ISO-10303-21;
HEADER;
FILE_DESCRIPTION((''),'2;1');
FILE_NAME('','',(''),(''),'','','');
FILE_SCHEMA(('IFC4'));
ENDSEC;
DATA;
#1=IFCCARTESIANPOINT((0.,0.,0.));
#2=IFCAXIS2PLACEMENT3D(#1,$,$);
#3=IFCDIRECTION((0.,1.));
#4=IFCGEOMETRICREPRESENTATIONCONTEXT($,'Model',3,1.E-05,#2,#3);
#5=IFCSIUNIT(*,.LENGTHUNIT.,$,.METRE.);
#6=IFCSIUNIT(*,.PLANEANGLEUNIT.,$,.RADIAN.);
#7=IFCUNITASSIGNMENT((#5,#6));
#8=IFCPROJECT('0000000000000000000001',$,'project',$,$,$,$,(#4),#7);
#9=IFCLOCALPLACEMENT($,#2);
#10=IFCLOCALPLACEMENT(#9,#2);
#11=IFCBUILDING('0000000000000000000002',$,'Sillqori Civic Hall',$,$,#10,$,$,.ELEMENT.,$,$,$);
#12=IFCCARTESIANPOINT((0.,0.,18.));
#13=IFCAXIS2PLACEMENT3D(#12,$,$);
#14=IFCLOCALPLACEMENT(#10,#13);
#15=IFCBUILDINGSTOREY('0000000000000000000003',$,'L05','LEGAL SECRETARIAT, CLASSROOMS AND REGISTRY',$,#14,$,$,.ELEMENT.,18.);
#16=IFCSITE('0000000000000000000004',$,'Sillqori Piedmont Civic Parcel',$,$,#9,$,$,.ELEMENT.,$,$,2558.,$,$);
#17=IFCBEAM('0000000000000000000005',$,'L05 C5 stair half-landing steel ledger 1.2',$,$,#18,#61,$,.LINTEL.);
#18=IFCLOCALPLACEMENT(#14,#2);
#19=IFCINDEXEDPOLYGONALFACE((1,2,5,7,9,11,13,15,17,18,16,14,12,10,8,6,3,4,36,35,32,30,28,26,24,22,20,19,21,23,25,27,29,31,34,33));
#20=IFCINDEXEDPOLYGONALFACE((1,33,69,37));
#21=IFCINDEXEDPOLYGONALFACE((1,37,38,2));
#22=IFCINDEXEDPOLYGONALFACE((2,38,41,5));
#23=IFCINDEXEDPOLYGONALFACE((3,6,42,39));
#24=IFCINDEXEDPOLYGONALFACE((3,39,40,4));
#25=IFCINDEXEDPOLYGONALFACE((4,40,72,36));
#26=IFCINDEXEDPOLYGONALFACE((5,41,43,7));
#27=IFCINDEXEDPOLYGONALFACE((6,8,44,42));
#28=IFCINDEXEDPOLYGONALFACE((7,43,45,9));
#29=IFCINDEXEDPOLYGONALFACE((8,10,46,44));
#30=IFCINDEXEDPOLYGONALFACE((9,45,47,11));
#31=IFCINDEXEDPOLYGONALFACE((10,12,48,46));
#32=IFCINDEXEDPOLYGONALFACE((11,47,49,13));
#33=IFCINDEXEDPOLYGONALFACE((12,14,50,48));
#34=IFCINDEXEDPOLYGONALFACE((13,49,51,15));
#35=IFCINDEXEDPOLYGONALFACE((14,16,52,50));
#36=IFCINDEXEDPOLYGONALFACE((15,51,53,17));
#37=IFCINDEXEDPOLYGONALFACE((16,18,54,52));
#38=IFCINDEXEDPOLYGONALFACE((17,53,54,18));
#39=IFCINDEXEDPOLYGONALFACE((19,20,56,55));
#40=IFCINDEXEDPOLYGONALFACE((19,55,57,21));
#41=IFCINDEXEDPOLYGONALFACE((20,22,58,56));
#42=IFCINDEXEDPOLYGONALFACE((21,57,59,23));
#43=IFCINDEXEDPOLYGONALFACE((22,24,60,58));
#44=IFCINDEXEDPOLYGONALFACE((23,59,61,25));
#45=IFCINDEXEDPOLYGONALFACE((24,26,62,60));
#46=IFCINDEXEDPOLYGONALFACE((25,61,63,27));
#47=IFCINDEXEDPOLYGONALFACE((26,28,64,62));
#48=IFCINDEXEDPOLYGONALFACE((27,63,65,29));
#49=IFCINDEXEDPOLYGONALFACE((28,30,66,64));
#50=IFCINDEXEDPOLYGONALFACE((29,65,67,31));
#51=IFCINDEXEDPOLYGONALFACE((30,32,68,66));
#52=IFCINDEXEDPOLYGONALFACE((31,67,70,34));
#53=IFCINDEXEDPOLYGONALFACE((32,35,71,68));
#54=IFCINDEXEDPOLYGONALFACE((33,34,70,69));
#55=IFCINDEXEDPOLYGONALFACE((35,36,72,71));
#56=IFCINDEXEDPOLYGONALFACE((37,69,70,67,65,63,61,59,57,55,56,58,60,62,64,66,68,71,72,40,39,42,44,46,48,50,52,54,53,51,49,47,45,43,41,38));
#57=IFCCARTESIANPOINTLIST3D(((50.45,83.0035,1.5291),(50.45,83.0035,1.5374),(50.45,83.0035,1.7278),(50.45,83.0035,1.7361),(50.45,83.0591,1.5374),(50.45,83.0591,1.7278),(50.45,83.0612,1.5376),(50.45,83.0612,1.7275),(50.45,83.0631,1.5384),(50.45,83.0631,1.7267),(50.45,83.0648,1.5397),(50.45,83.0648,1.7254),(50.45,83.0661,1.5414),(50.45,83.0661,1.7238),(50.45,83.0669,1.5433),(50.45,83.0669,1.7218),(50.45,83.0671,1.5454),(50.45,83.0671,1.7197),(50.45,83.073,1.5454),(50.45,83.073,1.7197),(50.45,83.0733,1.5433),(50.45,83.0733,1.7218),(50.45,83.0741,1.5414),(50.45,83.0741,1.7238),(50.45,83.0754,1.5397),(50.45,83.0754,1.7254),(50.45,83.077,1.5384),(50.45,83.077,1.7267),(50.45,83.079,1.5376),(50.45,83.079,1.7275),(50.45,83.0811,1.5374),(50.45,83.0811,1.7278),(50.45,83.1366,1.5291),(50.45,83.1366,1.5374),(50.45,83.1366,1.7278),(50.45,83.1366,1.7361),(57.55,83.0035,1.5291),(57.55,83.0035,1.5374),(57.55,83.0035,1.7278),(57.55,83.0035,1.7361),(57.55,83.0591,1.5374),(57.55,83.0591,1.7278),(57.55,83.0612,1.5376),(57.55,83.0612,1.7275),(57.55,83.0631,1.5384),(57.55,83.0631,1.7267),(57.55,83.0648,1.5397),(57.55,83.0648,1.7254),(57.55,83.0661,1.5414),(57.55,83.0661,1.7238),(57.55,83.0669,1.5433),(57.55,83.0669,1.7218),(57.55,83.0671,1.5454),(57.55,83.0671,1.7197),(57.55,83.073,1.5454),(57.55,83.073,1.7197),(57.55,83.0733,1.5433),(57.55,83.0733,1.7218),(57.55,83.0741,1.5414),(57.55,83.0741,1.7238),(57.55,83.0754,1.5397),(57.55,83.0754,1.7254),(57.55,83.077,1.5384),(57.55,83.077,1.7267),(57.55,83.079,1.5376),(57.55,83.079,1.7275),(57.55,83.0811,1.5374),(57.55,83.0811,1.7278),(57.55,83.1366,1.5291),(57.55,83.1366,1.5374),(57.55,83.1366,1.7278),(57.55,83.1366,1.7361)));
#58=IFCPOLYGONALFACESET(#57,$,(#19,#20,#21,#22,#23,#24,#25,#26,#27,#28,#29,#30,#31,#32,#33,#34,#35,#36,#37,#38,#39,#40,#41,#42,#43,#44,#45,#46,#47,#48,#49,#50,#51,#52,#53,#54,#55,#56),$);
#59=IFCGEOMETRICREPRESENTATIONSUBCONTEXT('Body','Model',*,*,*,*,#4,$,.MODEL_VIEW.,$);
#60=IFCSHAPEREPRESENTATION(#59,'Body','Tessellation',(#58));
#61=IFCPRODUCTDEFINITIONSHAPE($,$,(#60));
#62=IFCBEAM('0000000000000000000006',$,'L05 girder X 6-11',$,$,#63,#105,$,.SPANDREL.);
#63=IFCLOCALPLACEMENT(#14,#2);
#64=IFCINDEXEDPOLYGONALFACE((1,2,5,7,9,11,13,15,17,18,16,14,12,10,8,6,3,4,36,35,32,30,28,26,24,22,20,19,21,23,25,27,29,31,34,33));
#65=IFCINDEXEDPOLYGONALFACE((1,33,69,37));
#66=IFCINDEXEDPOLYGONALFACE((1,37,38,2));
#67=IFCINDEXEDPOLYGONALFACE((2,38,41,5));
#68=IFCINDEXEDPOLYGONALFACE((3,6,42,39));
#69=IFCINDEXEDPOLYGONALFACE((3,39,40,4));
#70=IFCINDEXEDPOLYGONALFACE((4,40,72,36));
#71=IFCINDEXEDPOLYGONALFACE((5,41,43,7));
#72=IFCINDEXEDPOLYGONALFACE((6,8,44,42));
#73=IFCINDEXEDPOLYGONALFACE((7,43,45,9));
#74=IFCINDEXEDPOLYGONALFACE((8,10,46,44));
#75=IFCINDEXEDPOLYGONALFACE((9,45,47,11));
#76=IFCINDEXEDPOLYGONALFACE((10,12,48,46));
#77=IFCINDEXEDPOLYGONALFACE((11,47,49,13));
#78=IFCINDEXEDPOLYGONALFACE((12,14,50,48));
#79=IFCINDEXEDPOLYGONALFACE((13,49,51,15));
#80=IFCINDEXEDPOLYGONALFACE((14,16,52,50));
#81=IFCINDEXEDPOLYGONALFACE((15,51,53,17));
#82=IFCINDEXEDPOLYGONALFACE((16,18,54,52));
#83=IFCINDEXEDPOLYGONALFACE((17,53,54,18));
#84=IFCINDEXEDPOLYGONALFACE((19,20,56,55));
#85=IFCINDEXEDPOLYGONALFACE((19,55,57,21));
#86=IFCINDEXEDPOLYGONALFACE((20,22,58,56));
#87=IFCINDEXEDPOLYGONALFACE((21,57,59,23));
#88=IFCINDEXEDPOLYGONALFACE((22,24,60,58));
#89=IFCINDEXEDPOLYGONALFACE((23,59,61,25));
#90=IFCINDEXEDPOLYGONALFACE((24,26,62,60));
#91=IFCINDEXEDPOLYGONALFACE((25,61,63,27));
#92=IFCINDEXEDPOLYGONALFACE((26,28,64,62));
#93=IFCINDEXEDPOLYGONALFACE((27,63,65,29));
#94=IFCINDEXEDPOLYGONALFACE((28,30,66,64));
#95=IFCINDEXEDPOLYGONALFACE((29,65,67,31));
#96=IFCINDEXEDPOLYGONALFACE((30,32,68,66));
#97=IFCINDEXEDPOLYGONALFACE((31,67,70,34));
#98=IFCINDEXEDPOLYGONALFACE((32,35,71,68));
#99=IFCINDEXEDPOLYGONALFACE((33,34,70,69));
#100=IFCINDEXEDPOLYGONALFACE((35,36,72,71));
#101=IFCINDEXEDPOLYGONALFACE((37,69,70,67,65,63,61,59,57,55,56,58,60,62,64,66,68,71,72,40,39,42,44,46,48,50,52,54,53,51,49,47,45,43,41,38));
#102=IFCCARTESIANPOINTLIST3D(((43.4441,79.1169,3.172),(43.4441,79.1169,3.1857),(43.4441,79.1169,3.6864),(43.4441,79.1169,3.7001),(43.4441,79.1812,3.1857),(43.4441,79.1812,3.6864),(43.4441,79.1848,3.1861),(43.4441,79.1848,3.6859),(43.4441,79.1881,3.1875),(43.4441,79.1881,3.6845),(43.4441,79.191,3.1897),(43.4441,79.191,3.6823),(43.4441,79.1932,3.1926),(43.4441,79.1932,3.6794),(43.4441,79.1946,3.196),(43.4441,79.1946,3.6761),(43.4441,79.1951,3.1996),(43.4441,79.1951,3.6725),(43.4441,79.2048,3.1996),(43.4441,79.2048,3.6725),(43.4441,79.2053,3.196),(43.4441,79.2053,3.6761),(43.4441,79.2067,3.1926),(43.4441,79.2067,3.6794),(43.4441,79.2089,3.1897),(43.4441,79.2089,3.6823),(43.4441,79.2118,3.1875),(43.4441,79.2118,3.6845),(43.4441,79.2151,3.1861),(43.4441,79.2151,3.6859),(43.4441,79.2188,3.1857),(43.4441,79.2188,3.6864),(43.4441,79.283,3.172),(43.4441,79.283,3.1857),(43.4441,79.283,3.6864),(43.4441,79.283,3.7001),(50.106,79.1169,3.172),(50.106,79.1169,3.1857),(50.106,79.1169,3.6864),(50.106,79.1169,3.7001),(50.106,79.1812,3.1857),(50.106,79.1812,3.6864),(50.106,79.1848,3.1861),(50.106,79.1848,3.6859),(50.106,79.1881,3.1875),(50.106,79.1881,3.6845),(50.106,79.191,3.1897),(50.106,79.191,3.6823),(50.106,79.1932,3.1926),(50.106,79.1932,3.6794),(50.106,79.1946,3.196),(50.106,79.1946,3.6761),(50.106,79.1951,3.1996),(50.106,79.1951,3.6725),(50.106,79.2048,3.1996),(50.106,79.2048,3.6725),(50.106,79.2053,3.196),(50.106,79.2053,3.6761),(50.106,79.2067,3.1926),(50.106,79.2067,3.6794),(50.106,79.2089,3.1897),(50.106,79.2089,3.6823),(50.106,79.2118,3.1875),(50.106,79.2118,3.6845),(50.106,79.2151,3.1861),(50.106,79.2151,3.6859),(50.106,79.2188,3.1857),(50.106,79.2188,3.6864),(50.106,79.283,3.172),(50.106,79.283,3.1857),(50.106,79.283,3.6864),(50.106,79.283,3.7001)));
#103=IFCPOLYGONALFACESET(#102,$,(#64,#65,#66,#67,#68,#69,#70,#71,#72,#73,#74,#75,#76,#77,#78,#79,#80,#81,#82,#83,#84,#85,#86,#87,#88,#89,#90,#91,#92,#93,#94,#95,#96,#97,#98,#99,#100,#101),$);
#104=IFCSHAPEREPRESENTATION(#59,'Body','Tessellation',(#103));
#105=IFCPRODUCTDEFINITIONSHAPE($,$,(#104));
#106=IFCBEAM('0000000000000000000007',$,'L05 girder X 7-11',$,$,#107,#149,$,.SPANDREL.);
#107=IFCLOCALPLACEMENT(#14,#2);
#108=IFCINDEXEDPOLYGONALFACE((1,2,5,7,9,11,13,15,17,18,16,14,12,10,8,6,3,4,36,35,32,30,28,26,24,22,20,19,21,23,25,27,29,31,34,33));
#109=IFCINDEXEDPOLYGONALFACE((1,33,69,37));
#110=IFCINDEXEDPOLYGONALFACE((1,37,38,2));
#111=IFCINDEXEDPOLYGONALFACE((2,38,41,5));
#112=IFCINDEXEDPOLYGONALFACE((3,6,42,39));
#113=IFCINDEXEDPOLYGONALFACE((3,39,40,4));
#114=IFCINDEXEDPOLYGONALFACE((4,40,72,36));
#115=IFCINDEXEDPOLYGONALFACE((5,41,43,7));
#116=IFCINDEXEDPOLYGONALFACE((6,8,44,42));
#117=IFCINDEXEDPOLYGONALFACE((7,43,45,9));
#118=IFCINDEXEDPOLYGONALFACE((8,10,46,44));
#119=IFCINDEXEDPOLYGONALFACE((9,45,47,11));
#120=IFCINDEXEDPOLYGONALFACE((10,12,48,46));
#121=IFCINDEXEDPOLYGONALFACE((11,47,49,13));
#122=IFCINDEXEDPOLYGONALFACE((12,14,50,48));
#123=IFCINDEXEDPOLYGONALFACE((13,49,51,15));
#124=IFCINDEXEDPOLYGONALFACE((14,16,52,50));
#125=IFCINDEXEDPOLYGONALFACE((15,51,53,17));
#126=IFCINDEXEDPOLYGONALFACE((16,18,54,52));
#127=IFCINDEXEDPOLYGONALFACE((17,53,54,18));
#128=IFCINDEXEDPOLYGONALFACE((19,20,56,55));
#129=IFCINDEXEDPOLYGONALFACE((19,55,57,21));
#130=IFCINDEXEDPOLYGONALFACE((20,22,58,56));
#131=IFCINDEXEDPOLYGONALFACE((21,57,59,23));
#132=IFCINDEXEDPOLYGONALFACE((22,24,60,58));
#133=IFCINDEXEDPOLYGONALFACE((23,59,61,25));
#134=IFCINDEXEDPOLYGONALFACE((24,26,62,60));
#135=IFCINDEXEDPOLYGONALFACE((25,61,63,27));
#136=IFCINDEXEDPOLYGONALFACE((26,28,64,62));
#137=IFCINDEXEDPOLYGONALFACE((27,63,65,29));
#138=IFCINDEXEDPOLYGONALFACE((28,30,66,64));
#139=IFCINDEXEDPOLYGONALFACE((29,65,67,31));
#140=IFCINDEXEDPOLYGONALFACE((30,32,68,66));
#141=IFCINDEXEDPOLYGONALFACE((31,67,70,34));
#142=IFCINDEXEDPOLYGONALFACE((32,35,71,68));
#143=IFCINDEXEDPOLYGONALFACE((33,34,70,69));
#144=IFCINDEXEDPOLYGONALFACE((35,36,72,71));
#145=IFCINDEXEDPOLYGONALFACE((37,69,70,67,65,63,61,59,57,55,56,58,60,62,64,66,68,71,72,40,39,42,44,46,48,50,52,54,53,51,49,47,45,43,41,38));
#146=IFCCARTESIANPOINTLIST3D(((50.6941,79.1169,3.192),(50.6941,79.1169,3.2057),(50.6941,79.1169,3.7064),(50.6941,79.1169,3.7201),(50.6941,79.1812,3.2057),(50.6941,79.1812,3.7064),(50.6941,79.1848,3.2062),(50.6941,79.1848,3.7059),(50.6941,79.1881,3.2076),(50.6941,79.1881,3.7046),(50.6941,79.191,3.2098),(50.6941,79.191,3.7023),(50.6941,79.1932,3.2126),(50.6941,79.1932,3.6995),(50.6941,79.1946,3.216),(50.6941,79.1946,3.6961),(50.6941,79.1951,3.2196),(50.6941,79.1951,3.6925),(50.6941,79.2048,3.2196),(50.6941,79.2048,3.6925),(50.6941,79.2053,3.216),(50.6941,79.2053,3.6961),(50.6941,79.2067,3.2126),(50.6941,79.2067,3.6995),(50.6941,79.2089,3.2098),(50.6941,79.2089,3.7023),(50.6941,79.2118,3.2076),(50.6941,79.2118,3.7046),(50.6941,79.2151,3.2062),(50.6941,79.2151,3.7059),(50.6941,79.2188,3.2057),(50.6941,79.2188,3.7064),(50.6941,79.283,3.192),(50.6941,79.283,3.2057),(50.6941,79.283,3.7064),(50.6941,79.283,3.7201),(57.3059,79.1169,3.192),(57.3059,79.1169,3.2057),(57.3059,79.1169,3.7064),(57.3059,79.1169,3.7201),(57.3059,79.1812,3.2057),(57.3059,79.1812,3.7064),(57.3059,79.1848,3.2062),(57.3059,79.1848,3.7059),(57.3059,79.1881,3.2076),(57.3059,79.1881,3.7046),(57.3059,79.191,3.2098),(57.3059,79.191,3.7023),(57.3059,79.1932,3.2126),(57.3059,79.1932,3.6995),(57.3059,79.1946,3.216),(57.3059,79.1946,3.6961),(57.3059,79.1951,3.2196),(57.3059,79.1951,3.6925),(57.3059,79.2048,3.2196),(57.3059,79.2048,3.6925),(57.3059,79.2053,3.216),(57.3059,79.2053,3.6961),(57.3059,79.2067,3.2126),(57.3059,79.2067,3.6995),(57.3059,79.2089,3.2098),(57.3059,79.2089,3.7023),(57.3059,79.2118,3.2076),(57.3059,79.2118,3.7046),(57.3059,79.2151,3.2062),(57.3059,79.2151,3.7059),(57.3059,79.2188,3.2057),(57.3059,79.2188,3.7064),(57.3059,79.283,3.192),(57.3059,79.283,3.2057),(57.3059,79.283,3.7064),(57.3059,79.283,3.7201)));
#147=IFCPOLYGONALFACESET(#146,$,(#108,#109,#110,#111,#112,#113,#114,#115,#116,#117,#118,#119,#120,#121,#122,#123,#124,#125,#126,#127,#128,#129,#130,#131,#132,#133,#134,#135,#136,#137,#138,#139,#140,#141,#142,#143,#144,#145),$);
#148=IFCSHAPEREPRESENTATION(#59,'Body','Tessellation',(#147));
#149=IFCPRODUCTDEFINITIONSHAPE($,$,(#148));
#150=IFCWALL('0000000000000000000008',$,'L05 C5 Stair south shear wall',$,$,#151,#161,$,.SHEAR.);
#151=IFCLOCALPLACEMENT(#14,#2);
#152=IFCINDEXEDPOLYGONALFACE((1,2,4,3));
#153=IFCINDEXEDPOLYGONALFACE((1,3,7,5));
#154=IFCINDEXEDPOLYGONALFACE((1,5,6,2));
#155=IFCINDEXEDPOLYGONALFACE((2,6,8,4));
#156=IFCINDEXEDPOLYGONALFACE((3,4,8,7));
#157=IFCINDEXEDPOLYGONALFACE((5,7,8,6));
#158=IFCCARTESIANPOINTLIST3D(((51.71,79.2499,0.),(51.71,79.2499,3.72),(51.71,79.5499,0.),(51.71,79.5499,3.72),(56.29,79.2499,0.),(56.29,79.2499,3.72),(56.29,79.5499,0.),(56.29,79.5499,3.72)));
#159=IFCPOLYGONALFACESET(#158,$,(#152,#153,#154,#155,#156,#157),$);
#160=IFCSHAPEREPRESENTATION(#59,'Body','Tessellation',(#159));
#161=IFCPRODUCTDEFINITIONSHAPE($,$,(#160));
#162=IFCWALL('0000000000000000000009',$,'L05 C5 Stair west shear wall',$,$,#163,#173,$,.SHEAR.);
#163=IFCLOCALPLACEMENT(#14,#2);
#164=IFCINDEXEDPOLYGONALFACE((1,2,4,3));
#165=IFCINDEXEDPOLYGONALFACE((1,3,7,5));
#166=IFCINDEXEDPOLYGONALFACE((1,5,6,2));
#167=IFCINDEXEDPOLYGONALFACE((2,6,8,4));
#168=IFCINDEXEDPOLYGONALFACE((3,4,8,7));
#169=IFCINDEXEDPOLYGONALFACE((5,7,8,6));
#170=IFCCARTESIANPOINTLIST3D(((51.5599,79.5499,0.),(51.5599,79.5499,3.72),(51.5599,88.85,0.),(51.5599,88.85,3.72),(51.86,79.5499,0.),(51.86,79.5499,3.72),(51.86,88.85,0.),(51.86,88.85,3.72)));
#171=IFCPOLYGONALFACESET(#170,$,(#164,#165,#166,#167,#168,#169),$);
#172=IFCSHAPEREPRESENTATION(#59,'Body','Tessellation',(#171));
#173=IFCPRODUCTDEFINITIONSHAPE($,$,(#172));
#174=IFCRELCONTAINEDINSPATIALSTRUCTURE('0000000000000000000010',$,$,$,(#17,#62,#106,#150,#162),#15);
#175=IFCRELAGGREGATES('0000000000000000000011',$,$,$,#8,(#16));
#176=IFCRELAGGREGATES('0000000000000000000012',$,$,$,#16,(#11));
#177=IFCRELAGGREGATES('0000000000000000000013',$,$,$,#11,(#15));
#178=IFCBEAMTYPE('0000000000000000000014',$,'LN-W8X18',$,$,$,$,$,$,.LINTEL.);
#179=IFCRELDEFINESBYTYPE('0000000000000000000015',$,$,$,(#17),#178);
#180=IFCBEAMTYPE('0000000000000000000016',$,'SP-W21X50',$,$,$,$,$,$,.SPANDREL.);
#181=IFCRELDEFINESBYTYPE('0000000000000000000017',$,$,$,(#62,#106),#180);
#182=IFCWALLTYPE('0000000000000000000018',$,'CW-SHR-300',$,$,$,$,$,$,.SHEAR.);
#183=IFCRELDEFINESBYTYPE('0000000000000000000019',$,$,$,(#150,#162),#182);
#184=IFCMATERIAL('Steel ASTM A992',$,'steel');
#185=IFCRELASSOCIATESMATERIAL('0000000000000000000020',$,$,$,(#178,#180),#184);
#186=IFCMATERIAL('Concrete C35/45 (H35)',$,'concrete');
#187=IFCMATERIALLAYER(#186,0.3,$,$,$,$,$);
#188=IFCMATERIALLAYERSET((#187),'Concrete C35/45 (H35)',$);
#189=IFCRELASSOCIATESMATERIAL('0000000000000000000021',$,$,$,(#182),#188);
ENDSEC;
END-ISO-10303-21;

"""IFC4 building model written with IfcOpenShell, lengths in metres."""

from ifc_helpers import new_model, si_unit, direction, frame, frame_2d, origin, origin_2d, place, context, subcontext, project, spatial, rectangle, i_section, extrude, material, layer, layer_set, material_profile, profile_set, type_object, element, save


model = new_model("IFC4")

# Units and contexts
model_context = context("Model", 3, precision=1e-05, world=origin(), true_north=direction((0.0, 1.0)))
body_context = subcontext(model_context, "Body", "Model", "MODEL_VIEW")
ifc_project = project(units=[si_unit("LENGTHUNIT", "METRE"), si_unit("PLANEANGLEUNIT", "RADIAN")], contexts=[model_context])

# Site, building, storey
site_placement = place(None, origin())
site = spatial("IfcSite", under=ifc_project, at=site_placement, Name="Sillqori Piedmont Civic Parcel", CompositionType="ELEMENT", RefElevation=2558.0)
building_placement = place(site_placement, origin())
building = spatial("IfcBuilding", under=site, at=building_placement, Name="Sillqori Civic Hall", CompositionType="ELEMENT")
storey_placement = place(building_placement, frame((0.0, 0.0, 18.0)))
storey = spatial("IfcBuildingStorey", under=building, at=storey_placement, Name="L05", Description="LEGAL SECRETARIAT, CLASSROOMS AND REGISTRY", CompositionType="ELEMENT", Elevation=18.0)

# Shared definitions
ifc_material_1 = material(Name="Concrete C35/45 (H35)", Category="concrete")
ifc_material_2 = material(Name="Steel ASTM A992", Category="steel")

# Beams
ifc_material_profile_1 = material_profile(ifc_material_2, i_section(OverallWidth=0.1331, OverallDepth=0.207, WebThickness=0.0059, FlangeThickness=0.0083, FilletRadius=0.0081, at=origin_2d()), Name="W8X18")
ifc_profile_set_1 = profile_set([ifc_material_profile_1], Name="Steel ASTM A992")
beam_type_1 = type_object("IfcBeamType", Name="LN-W8X18", PredefinedType="LINTEL", material=ifc_profile_set_1)
for number, where, z_axis, x_axis, name in (
    (1, (50.45, 83.0701, 1.6326), (1.0, 0.0, 0.0), (0.0, 1.0, 0.0), "L05 C5 stair half-landing steel ledger 1.2"),
):
    element("IfcBeam", number, at=place(storey_placement, frame(where, z_axis=z_axis, x_axis=x_axis)), inside=storey, type_object=beam_type_1, Name=name, PredefinedType="LINTEL", context=body_context, shape_type="SweptSolid", body=[
        extrude(i_section(OverallWidth=0.1331, OverallDepth=0.207, WebThickness=0.0059, FlangeThickness=0.0083, FilletRadius=0.0081, at=origin_2d()), origin(), (0.0, 0.0, 1.0), 7.1001),
    ])
ifc_material_profile_2 = material_profile(ifc_material_2, i_section(OverallWidth=0.166, OverallDepth=0.5281, WebThickness=0.0098, FlangeThickness=0.0137, FilletRadius=0.0139, at=origin_2d()), Name="W21X50")
ifc_profile_set_2 = profile_set([ifc_material_profile_2], Name="Steel ASTM A992")
beam_type_2 = type_object("IfcBeamType", Name="SP-W21X50", PredefinedType="SPANDREL", material=ifc_profile_set_2)
beam_1_placement = place(storey_placement, frame((43.4441, 79.2, 3.436), z_axis=(1.0, 0.0, 0.0), x_axis=(0.0, 1.0, 0.0)))
element("IfcBeam", 2, at=beam_1_placement, inside=storey, type_object=beam_type_2, Name="L05 girder X 6-11", PredefinedType="SPANDREL", context=body_context, shape_type="SweptSolid", body=[
    extrude(i_section(OverallWidth=0.166, OverallDepth=0.5281, WebThickness=0.0098, FlangeThickness=0.0137, FilletRadius=0.0139, at=origin_2d()), origin(), (0.0, 0.0, 1.0), 6.6619),
])
beam_2_placement = place(storey_placement, frame((50.6941, 79.2, 3.4561), z_axis=(1.0, 0.0, 0.0), x_axis=(0.0, 1.0, 0.0)))
element("IfcBeam", 3, at=beam_2_placement, inside=storey, type_object=beam_type_2, Name="L05 girder X 7-11", PredefinedType="SPANDREL", context=body_context, shape_type="SweptSolid", body=[
    extrude(i_section(OverallWidth=0.166, OverallDepth=0.5281, WebThickness=0.0098, FlangeThickness=0.0137, FilletRadius=0.0139, at=origin_2d()), origin(), (0.0, 0.0, 1.0), 6.6118),
])

# Walls
ifc_layer_1 = layer(ifc_material_1, 0.3)
ifc_layer_set_1 = layer_set([ifc_layer_1], Name="Concrete C35/45 (H35)")
wall_type_1 = type_object("IfcWallType", Name="CW-SHR-300", PredefinedType="SHEAR", material=ifc_layer_set_1)
wall_1_placement = place(storey_placement, frame((51.71, 79.3999, 0.0), z_axis=(0.0, 0.0, 1.0), x_axis=(1.0, 0.0, 0.0)))
element("IfcWall", 4, at=wall_1_placement, inside=storey, type_object=wall_type_1, Name="L05 C5 Stair south shear wall", PredefinedType="SHEAR", context=body_context, shape_type="SweptSolid", body=[
    extrude(rectangle(XDim=4.5801, YDim=0.3, at=frame_2d((2.29, 0.0))), origin(), (0.0, 0.0, 1.0), 3.72),
])
wall_2_placement = place(storey_placement, frame((51.71, 79.55, 0.0), z_axis=(0.0, 0.0, 1.0), x_axis=(0.0, 1.0, 0.0)))
element("IfcWall", 5, at=wall_2_placement, inside=storey, type_object=wall_type_1, Name="L05 C5 Stair west shear wall", PredefinedType="SHEAR", context=body_context, shape_type="SweptSolid", body=[
    extrude(rectangle(XDim=9.3, YDim=0.3, at=frame_2d((4.6499, 0.0))), origin(), (0.0, 0.0, 1.0), 3.72),
])

save(model, "model.ifc")
